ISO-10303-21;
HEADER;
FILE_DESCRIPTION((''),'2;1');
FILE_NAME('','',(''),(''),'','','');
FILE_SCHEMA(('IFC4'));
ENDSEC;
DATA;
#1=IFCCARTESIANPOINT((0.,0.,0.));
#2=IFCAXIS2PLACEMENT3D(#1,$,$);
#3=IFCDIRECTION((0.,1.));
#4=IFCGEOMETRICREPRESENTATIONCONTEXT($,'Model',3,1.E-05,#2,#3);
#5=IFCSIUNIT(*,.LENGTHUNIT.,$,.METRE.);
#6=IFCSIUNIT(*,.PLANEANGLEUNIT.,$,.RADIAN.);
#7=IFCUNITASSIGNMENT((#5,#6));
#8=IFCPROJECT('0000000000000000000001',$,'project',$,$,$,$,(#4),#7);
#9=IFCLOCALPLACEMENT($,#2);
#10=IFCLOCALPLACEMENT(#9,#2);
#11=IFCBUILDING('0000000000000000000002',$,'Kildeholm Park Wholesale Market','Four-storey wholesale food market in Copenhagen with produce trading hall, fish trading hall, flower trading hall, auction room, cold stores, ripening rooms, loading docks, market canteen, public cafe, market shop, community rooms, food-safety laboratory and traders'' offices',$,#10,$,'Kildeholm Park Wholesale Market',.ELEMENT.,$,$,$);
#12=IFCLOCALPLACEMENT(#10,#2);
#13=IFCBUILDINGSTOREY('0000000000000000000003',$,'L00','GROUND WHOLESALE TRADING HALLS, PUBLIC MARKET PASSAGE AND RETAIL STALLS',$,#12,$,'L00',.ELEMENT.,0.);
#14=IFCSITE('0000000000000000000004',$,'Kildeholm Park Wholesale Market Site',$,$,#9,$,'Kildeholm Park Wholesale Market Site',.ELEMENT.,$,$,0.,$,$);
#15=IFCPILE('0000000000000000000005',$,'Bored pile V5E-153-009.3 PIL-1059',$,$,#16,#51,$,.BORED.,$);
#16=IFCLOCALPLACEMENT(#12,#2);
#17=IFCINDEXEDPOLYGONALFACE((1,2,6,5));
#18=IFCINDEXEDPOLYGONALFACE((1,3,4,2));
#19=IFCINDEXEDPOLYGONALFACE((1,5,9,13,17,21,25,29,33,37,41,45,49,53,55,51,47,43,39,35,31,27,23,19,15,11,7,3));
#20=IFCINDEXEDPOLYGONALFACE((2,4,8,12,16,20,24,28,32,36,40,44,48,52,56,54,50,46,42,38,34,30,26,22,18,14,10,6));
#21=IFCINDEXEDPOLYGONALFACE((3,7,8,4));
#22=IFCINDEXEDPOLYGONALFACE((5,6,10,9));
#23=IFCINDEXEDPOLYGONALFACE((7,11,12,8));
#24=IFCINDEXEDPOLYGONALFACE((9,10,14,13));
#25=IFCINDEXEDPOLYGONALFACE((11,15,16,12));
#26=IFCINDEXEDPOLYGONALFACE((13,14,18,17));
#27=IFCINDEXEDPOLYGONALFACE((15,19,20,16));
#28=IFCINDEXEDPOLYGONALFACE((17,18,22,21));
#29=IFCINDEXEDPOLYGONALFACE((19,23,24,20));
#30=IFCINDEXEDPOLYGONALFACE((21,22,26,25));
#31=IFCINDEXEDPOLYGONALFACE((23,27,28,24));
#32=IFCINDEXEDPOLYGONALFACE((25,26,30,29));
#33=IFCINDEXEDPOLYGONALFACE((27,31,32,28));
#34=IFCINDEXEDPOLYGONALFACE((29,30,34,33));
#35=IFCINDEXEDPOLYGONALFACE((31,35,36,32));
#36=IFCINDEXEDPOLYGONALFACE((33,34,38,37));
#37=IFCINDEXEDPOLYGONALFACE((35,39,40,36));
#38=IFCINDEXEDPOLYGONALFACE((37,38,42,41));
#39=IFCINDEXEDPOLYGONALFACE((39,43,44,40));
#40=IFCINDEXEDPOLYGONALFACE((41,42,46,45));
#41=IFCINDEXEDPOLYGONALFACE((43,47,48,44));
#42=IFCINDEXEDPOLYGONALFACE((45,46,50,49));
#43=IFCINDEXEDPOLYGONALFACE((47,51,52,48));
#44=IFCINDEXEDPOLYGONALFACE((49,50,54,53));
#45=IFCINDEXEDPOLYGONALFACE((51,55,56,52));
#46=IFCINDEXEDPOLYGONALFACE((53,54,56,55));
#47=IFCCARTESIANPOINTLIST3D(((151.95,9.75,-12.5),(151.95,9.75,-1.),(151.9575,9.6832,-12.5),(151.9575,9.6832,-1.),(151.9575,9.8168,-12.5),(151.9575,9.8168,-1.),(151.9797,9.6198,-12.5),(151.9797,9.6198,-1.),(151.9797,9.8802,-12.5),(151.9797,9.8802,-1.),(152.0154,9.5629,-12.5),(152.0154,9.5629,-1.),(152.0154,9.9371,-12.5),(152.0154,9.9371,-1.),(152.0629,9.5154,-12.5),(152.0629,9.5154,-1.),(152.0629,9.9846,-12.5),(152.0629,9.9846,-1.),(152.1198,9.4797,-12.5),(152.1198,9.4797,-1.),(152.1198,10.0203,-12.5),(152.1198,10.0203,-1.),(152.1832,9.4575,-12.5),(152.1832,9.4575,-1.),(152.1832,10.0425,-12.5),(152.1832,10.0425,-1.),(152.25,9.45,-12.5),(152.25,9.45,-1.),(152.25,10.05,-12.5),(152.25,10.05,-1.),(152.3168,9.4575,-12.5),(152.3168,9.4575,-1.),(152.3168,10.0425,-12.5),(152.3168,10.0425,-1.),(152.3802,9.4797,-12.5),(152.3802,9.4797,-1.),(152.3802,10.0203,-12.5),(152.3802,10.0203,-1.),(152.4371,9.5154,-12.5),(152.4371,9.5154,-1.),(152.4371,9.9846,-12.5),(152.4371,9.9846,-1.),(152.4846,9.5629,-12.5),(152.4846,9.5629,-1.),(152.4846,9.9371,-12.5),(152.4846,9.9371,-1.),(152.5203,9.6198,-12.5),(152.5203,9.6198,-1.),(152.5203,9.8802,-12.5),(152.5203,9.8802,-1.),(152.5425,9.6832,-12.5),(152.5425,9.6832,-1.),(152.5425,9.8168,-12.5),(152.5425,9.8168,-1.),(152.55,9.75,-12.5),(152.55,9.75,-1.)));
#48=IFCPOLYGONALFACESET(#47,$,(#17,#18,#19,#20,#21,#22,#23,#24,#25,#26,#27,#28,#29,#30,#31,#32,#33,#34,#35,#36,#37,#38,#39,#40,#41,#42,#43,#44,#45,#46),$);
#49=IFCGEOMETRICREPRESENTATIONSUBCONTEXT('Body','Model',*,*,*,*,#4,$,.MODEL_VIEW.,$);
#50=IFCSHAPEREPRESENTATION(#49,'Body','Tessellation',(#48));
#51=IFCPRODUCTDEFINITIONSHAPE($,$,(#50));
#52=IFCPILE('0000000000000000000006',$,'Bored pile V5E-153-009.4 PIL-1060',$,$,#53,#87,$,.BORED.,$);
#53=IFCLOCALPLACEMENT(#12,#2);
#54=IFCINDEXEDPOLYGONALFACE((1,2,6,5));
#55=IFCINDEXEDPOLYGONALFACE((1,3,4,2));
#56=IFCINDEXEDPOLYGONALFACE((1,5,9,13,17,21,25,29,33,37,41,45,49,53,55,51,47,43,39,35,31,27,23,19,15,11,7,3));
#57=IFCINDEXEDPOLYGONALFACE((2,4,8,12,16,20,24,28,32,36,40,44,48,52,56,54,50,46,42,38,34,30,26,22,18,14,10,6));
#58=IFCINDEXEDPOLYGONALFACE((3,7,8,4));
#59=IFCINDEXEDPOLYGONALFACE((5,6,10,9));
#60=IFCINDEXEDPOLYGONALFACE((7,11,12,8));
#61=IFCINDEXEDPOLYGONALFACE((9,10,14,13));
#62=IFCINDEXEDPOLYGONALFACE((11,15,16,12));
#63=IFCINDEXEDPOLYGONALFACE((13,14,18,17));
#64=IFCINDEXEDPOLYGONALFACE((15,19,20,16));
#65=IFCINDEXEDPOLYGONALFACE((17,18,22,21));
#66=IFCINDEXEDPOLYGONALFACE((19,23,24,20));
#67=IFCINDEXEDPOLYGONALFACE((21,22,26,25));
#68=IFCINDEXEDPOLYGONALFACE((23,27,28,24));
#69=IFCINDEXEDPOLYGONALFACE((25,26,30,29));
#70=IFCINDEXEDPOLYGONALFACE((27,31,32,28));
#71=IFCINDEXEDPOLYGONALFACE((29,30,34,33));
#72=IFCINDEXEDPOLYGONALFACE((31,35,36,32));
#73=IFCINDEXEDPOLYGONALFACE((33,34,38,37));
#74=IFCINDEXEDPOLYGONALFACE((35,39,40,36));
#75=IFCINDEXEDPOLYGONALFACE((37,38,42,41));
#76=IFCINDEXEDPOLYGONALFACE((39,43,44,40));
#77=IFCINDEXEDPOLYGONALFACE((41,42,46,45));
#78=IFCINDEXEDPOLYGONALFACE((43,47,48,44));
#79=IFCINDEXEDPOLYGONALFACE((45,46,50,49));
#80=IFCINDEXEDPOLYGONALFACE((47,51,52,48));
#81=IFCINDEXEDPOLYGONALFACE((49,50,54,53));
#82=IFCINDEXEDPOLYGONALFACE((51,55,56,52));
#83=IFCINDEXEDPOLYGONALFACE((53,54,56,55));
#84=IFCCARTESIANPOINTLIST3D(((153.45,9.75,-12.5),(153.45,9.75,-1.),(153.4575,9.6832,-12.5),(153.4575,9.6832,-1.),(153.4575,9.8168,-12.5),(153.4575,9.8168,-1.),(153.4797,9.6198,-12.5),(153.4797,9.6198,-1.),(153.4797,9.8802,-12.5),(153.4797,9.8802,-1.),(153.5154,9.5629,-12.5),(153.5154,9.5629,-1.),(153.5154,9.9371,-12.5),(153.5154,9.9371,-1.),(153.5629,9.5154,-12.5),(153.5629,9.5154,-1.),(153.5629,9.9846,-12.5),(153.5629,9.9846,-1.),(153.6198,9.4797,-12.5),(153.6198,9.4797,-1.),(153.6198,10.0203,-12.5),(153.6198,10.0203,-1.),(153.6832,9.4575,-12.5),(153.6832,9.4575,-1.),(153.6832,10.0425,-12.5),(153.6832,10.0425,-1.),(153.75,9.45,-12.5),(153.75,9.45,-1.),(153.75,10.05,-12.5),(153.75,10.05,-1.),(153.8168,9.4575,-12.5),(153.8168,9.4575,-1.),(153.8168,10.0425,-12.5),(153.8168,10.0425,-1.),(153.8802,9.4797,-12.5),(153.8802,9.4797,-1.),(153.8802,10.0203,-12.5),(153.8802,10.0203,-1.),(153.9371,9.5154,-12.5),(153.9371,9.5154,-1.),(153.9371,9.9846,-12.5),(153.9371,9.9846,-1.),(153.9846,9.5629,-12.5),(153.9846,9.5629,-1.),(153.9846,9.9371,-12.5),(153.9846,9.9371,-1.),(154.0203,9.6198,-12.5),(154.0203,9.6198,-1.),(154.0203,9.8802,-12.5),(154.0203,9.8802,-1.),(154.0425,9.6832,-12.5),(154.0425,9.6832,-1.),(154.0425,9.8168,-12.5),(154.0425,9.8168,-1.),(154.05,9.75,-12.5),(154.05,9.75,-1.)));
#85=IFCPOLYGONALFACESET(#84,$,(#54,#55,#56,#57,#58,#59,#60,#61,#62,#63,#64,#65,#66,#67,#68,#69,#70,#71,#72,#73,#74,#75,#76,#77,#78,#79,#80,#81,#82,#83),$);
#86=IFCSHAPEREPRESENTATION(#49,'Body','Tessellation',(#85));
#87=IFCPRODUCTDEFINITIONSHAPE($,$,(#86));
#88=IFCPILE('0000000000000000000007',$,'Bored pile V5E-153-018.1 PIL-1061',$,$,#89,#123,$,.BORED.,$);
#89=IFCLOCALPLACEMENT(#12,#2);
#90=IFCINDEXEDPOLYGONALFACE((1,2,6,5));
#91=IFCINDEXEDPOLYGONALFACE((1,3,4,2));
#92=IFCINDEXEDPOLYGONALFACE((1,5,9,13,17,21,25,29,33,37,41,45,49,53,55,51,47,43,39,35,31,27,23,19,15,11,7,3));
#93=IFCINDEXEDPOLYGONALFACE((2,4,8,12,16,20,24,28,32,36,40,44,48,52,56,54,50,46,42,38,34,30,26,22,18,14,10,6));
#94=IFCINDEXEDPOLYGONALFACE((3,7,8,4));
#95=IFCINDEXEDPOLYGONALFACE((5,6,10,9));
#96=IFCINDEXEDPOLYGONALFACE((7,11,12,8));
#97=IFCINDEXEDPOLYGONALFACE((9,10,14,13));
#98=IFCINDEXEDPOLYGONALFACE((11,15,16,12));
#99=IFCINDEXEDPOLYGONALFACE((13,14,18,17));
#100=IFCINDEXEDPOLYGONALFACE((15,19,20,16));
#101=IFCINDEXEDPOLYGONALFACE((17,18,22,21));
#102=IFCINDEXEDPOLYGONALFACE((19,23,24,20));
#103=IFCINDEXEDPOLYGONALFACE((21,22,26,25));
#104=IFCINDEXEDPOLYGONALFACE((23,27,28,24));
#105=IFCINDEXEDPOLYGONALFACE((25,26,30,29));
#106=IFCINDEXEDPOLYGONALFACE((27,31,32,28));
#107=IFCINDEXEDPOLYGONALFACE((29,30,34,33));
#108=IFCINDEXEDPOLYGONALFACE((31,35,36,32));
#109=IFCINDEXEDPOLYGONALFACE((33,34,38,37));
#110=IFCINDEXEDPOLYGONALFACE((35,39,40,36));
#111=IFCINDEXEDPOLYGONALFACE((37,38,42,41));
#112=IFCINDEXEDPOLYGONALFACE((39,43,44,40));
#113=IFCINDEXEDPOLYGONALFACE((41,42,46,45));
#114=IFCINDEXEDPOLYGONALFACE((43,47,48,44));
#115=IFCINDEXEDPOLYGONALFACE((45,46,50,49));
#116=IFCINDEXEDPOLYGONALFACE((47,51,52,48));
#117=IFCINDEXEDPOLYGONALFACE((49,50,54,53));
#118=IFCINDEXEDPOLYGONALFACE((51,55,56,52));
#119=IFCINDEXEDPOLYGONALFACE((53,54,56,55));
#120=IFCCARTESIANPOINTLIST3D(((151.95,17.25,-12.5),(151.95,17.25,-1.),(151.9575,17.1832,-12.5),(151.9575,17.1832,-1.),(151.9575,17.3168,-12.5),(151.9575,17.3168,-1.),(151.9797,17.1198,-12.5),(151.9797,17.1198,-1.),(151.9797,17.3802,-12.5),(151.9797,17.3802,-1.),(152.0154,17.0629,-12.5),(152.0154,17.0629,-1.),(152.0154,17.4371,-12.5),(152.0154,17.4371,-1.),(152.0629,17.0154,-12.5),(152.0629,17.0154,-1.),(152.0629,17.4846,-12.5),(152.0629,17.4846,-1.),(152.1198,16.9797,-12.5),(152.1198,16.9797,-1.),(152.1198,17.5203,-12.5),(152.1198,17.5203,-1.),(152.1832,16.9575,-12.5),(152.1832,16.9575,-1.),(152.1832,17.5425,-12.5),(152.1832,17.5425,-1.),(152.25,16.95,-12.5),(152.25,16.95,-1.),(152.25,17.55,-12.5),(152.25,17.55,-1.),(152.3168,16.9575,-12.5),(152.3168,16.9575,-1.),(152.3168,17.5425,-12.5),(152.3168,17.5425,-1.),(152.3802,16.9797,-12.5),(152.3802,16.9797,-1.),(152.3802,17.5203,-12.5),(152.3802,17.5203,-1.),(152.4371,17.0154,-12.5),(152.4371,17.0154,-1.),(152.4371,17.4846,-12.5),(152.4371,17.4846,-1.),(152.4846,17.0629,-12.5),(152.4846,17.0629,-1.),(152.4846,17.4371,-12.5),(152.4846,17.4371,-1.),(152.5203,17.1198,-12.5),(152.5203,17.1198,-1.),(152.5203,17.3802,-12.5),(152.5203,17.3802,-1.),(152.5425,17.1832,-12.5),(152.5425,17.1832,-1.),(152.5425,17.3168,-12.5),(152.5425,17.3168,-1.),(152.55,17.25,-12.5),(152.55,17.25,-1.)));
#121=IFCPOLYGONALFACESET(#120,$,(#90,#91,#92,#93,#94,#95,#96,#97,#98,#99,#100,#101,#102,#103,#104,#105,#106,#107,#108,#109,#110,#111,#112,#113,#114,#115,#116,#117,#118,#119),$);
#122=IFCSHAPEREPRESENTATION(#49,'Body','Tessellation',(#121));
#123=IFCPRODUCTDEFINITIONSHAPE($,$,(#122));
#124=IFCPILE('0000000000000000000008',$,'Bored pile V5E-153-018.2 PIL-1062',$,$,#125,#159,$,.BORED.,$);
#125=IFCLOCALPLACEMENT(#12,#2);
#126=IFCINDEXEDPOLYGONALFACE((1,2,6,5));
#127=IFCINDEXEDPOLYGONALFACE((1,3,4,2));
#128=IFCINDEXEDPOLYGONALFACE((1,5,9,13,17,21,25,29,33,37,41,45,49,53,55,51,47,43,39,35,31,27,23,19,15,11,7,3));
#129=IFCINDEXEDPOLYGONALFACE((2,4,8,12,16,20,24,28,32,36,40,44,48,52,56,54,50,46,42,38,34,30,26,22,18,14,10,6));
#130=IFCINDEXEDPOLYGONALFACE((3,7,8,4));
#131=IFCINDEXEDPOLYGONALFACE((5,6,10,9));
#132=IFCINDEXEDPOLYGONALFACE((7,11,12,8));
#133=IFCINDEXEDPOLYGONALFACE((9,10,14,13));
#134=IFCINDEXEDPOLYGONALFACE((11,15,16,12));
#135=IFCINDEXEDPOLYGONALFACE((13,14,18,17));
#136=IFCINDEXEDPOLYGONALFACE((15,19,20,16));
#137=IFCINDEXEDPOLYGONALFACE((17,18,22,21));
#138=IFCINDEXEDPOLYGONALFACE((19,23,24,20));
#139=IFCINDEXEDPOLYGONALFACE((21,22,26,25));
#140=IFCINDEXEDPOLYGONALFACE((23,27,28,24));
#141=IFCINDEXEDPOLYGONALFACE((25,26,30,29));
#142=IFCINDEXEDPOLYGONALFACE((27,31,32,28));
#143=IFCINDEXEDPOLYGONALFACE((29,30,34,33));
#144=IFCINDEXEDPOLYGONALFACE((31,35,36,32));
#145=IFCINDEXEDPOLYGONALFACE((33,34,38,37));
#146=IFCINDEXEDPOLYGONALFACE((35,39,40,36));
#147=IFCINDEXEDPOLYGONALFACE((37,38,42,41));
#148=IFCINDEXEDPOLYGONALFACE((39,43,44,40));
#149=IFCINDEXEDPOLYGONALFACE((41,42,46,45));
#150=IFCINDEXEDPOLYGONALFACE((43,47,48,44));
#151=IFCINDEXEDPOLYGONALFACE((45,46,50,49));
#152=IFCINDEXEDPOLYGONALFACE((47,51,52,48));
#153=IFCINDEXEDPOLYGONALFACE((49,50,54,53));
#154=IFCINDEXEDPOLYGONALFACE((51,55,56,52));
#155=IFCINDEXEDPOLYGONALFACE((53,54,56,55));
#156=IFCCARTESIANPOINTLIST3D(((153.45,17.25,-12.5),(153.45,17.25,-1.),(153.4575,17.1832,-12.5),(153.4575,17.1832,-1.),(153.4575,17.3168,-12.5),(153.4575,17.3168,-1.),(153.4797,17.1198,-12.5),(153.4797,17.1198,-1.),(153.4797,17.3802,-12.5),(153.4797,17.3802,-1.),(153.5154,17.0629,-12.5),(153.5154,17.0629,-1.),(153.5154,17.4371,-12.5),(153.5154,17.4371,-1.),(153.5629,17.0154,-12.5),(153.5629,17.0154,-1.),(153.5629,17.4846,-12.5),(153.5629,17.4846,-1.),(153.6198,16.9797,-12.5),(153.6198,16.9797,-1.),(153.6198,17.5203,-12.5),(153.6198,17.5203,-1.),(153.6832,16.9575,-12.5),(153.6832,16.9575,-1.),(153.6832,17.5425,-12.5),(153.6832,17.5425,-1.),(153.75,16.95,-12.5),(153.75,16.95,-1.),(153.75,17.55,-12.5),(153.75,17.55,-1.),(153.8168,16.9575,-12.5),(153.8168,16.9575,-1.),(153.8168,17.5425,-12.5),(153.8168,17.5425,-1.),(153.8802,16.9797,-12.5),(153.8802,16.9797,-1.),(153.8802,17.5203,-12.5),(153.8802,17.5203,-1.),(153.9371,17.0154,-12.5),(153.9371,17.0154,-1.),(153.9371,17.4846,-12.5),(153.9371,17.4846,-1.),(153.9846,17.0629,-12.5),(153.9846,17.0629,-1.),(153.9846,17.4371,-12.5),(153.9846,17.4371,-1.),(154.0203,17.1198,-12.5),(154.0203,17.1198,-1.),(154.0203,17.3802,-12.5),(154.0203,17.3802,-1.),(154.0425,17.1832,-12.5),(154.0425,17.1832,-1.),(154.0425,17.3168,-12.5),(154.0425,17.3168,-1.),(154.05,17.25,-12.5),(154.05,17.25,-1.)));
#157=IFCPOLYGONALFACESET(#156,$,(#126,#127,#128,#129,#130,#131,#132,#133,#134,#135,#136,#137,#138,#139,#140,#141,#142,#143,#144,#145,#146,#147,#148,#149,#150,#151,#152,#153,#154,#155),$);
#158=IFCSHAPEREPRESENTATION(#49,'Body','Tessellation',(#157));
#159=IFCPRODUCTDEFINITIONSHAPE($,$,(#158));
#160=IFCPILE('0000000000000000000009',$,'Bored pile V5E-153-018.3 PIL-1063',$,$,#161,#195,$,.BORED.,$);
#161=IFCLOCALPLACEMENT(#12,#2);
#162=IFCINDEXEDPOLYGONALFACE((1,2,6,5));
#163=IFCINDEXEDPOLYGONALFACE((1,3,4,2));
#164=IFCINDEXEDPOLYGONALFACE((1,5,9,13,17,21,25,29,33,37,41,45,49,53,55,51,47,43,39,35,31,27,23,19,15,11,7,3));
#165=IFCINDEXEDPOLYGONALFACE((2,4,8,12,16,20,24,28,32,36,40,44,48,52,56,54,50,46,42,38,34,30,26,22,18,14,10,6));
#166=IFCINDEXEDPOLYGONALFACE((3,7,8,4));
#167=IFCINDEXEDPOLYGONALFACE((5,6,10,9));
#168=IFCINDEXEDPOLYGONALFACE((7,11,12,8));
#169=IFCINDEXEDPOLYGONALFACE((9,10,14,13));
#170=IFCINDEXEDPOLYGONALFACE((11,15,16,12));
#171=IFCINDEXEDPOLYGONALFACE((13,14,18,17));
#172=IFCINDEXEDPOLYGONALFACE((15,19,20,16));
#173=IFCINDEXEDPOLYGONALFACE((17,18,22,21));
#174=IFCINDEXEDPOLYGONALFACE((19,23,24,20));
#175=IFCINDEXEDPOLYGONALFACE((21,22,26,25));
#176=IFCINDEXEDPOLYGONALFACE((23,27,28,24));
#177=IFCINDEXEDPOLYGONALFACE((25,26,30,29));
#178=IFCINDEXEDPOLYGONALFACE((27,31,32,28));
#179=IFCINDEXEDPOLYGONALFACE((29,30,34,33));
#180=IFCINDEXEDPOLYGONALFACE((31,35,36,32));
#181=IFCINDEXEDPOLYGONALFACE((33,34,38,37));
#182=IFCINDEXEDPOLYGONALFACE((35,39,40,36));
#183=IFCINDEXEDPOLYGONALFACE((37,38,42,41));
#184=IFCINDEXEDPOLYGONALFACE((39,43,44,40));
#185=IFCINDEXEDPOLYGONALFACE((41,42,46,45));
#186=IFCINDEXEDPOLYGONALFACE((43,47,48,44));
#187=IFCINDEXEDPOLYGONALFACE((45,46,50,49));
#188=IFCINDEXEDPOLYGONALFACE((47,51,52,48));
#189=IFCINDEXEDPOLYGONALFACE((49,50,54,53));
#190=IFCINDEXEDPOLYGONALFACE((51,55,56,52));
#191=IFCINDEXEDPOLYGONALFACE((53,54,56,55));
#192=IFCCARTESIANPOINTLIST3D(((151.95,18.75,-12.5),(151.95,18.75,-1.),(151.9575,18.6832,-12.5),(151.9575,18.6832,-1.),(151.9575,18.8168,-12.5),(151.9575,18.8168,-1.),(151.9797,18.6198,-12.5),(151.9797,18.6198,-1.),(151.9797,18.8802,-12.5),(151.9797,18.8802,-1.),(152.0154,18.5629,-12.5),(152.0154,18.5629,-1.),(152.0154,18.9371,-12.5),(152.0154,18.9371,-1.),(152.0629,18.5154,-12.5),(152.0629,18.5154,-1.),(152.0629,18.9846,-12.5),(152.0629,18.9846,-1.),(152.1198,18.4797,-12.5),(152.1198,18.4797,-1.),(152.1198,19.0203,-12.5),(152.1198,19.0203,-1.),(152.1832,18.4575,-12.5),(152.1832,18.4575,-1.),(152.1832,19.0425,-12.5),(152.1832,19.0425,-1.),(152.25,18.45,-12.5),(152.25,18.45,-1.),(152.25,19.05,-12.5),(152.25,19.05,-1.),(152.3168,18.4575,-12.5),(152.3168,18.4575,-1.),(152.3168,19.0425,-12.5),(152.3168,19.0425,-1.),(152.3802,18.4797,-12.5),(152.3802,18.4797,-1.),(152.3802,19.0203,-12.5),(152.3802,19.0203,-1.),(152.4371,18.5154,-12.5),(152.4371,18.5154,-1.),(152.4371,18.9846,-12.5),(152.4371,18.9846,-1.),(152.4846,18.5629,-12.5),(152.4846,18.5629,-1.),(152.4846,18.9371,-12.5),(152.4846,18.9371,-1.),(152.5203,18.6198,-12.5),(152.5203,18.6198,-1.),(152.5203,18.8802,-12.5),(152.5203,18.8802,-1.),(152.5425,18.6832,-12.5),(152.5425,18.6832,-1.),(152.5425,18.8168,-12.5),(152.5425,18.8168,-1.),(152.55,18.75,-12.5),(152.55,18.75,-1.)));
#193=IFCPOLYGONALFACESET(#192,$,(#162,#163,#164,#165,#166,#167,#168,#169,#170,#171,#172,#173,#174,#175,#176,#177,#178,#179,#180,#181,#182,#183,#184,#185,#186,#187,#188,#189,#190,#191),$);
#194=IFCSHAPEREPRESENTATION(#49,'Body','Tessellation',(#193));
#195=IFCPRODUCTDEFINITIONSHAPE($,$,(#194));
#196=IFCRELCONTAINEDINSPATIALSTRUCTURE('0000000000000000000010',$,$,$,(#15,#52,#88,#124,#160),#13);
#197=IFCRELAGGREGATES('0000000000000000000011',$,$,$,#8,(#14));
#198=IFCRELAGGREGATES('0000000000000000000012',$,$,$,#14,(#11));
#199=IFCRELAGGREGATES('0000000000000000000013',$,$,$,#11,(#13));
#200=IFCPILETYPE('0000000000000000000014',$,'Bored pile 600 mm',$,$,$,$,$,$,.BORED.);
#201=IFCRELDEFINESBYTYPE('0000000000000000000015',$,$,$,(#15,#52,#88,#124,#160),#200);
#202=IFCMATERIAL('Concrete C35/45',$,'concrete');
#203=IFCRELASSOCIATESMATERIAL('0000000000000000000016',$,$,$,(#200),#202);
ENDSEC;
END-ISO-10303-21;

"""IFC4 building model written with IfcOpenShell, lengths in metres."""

from ifc_helpers import new_model, si_unit, direction, frame, origin, origin_2d, place, context, subcontext, project, spatial, circle, extrude, material, material_profile, profile_set, type_object, element, save


model = new_model("IFC4")

# Units and contexts
model_context = context("Model", 3, precision=1e-05, world=origin(), true_north=direction((0.0, 1.0)))
body_context = subcontext(model_context, "Body", "Model", "MODEL_VIEW")
ifc_project = project(units=[si_unit("LENGTHUNIT", "METRE"), si_unit("PLANEANGLEUNIT", "RADIAN")], contexts=[model_context])

# Site, building, storey
site_placement = place(None, origin())
site = spatial("IfcSite", under=ifc_project, at=site_placement, Name="Kildeholm Park Wholesale Market Site", LongName="Kildeholm Park Wholesale Market Site", CompositionType="ELEMENT", RefElevation=0.0)
building_placement = place(site_placement, origin())
building = spatial("IfcBuilding", under=site, at=building_placement, Name="Kildeholm Park Wholesale Market", Description="Four-storey wholesale food market in Copenhagen with produce trading hall, fish trading hall, flower trading hall, auction room, cold stores, ripening rooms, loading docks, market canteen, public cafe, market shop, community rooms, food-safety laboratory and traders' offices", LongName="Kildeholm Park Wholesale Market", CompositionType="ELEMENT")
storey_placement = place(building_placement, origin())
storey = spatial("IfcBuildingStorey", under=building, at=storey_placement, Name="L00", Description="GROUND WHOLESALE TRADING HALLS, PUBLIC MARKET PASSAGE AND RETAIL STALLS", LongName="L00", CompositionType="ELEMENT", Elevation=0.0)

# Piles
ifc_material_1 = material(Name="Concrete C35/45", Category="concrete")
ifc_material_profile_1 = material_profile(ifc_material_1, circle(Radius=0.3, at=origin_2d()), Name="PILE D600")
ifc_profile_set_1 = profile_set([ifc_material_profile_1], Name="Concrete C35/45")
pile_type = type_object("IfcPileType", Name="Bored pile 600 mm", PredefinedType="BORED", material=ifc_profile_set_1)
for number, where, z_axis, x_axis, name in (
    (1, (152.25, 9.75, -1.0), (0.0, 0.0, -1.0), (1.0, 0.0, 0.0), "Bored pile V5E-153-009.3 PIL-1059"),
    (2, (153.75, 9.75, -1.0), (0.0, 0.0, -1.0), (1.0, 0.0, 0.0), "Bored pile V5E-153-009.4 PIL-1060"),
    (3, (152.25, 17.25, -1.0), (0.0, 0.0, -1.0), (1.0, 0.0, 0.0), "Bored pile V5E-153-018.1 PIL-1061"),
    (4, (153.75, 17.25, -1.0), (0.0, 0.0, -1.0), (1.0, 0.0, 0.0), "Bored pile V5E-153-018.2 PIL-1062"),
    (5, (152.25, 18.75, -1.0), (0.0, 0.0, -1.0), (1.0, 0.0, 0.0), "Bored pile V5E-153-018.3 PIL-1063"),
):
    element("IfcPile", number, at=place(storey_placement, frame(where, z_axis=z_axis, x_axis=x_axis)), inside=storey, type_object=pile_type, Name=name, PredefinedType="BORED", context=body_context, shape_type="SweptSolid", body=[
        extrude(circle(Radius=0.3, at=origin_2d()), origin(), (0.0, 0.0, 1.0), 11.5),
    ])

save(model, "model.ifc")
